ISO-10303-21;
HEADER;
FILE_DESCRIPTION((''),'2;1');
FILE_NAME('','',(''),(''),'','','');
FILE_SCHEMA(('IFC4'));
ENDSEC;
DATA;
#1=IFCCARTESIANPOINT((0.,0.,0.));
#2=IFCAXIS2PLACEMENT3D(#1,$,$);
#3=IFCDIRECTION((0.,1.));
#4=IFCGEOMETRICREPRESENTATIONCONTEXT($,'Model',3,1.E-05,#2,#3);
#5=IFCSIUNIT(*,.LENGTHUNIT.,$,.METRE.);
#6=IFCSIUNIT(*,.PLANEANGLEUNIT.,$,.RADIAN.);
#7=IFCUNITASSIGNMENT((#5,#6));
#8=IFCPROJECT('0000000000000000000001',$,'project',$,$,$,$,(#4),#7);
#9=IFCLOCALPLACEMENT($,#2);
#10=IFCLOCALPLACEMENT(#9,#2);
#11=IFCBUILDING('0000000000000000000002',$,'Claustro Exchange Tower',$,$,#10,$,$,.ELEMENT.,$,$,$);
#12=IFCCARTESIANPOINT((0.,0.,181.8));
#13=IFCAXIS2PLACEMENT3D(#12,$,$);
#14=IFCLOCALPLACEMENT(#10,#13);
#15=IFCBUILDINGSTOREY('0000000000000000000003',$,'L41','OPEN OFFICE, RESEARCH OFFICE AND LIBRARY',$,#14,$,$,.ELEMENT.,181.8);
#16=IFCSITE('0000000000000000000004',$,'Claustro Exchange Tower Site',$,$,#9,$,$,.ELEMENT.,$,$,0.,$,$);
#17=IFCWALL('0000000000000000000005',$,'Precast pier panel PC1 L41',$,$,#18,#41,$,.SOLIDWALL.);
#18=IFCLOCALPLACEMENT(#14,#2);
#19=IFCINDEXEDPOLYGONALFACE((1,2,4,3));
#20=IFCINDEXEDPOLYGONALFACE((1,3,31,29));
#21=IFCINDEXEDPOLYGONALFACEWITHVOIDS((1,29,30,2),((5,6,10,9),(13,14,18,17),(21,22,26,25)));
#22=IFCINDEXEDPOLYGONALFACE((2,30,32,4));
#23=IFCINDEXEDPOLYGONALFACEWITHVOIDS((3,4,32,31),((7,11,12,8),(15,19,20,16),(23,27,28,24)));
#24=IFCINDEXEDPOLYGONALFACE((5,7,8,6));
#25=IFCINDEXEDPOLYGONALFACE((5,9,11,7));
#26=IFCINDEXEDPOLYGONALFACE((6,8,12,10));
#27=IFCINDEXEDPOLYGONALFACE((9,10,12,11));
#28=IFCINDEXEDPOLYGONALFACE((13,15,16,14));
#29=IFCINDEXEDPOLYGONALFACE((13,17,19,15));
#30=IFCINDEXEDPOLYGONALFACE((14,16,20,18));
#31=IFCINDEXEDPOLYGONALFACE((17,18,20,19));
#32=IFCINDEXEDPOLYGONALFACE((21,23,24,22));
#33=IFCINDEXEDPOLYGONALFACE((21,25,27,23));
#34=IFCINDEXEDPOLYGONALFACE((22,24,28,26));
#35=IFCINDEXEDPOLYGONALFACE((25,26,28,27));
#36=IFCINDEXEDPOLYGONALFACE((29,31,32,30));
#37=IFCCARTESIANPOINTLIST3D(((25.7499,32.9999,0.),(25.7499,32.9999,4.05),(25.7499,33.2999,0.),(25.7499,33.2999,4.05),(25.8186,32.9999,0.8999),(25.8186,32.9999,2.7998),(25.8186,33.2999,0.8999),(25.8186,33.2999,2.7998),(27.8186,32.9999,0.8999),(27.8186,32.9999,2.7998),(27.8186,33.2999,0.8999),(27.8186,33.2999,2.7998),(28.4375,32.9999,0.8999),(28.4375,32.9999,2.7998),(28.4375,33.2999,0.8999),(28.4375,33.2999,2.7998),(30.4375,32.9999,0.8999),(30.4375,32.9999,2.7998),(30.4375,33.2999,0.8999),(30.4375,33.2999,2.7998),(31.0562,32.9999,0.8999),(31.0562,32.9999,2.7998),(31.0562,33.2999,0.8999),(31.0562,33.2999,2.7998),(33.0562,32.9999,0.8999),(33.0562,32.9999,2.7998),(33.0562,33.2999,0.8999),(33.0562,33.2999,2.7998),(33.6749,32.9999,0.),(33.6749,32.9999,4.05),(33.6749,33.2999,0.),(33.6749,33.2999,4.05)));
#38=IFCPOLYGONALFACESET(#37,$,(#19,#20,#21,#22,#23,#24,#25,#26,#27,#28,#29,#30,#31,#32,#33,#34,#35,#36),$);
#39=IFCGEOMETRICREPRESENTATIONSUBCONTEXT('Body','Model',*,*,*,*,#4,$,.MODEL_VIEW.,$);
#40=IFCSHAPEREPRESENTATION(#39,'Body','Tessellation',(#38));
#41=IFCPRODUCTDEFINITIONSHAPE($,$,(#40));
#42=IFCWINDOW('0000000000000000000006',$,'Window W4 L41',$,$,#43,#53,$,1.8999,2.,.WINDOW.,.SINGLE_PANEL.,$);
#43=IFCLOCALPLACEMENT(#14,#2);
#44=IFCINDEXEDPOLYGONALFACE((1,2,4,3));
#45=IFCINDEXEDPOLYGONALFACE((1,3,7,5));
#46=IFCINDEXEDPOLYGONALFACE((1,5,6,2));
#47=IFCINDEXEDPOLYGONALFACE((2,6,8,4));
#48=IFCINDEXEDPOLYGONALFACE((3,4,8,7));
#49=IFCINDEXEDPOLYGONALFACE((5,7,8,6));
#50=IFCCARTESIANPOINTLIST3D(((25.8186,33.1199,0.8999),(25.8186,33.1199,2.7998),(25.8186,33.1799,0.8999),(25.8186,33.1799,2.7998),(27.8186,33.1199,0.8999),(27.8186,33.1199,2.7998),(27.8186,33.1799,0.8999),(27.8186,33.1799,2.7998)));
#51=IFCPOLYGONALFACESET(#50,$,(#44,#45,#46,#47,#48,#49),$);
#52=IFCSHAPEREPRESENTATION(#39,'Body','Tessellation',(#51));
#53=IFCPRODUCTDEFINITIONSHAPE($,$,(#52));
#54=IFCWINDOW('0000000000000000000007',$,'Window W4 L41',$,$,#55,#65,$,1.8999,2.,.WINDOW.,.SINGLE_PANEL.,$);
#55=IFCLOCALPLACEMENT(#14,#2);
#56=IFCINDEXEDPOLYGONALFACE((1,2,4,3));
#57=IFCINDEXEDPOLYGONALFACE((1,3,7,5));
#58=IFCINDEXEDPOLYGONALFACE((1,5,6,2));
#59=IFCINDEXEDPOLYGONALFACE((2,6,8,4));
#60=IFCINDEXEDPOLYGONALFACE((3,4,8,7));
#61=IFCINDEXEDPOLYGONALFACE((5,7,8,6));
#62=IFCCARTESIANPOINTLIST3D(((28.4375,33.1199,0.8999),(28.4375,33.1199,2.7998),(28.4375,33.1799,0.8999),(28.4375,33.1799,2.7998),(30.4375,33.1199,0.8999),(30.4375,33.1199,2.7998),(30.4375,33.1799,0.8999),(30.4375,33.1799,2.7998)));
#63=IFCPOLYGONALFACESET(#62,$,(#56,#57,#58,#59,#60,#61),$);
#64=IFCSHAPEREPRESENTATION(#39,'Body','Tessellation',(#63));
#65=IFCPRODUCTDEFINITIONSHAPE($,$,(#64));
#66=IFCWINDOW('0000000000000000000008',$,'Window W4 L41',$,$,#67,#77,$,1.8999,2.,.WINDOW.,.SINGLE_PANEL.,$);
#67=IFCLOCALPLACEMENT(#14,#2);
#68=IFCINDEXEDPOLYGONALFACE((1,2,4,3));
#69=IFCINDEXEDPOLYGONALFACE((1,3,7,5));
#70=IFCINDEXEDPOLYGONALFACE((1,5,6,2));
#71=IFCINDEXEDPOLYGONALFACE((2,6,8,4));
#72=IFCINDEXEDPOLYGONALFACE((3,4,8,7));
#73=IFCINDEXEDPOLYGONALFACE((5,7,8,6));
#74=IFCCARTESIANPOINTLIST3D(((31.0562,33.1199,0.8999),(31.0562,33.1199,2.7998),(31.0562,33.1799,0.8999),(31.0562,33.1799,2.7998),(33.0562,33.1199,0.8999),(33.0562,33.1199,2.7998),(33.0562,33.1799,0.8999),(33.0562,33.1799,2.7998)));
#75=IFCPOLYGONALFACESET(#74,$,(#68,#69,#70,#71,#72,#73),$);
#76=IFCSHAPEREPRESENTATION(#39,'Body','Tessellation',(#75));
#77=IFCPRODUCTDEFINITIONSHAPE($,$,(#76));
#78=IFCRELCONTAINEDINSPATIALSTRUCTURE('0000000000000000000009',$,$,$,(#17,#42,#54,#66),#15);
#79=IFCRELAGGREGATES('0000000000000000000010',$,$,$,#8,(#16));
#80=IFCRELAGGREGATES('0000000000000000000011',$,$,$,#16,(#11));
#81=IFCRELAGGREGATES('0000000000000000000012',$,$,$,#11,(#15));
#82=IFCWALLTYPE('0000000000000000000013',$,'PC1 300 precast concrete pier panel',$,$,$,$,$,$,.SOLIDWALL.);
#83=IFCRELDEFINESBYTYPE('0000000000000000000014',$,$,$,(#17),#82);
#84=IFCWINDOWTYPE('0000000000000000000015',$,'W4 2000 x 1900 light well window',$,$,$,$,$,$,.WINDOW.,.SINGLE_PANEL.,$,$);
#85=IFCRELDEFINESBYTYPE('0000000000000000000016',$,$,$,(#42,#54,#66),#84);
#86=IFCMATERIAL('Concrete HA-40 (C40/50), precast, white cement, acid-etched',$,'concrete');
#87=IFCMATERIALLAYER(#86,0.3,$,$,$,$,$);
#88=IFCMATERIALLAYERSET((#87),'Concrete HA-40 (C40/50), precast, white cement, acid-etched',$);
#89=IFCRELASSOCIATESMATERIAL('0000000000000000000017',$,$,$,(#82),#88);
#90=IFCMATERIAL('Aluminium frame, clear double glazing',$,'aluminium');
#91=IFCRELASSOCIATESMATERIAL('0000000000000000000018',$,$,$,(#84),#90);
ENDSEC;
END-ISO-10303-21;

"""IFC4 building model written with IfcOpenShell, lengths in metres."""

from ifc_helpers import new_model, si_unit, direction, frame, frame_2d, origin, place, context, subcontext, project, spatial, rectangle, extrude, material, layer, layer_set, type_object, element, fill, save


model = new_model("IFC4")

# Units and contexts
model_context = context("Model", 3, precision=1e-05, world=origin(), true_north=direction((0.0, 1.0)))
body_context = subcontext(model_context, "Body", "Model", "MODEL_VIEW")
ifc_project = project(units=[si_unit("LENGTHUNIT", "METRE"), si_unit("PLANEANGLEUNIT", "RADIAN")], contexts=[model_context])

# Site, building, storey
site_placement = place(None, origin())
site = spatial("IfcSite", under=ifc_project, at=site_placement, Name="Claustro Exchange Tower Site", CompositionType="ELEMENT", RefElevation=0.0)
building_placement = place(site_placement, origin())
building = spatial("IfcBuilding", under=site, at=building_placement, Name="Claustro Exchange Tower", CompositionType="ELEMENT")
storey_placement = place(building_placement, frame((0.0, 0.0, 181.8)))
storey = spatial("IfcBuildingStorey", under=building, at=storey_placement, Name="L41", Description="OPEN OFFICE, RESEARCH OFFICE AND LIBRARY", CompositionType="ELEMENT", Elevation=181.8)

# Wall, openings, windows
ifc_material_1 = material(Name="Concrete HA-40 (C40/50), precast, white cement, acid-etched", Category="concrete")
ifc_layer_1 = layer(ifc_material_1, 0.3)
ifc_layer_set_1 = layer_set([ifc_layer_1], Name="Concrete HA-40 (C40/50), precast, white cement, acid-etched")
wall_type_1 = type_object("IfcWallType", Name="PC1 300 precast concrete pier panel", PredefinedType="SOLIDWALL", material=ifc_layer_set_1)
wall_1_placement = place(storey_placement, frame((25.75, 33.1499, 0.0), z_axis=(0.0, 0.0, 1.0), x_axis=(1.0, 0.0, 0.0)))
wall_1 = element("IfcWall", 1, at=wall_1_placement, inside=storey, type_object=wall_type_1, Name="Precast pier panel PC1 L41", PredefinedType="SOLIDWALL", context=body_context, shape_type="SweptSolid", body=[
    extrude(rectangle(XDim=7.925, YDim=0.3, at=frame_2d((3.9624, 0.0))), origin(), (0.0, 0.0, 1.0), 4.05),
])
opening_1_placement = place(wall_1_placement, frame((0.0686, 0.0, 0.8999)))
opening_1 = element("IfcOpeningElement", 2, at=opening_1_placement, cuts=wall_1, PredefinedType="OPENING", context=body_context, shape_type="SweptSolid", body=[
    extrude(rectangle(XDim=2.0, YDim=1.8999, at=frame_2d((1.0, 0.95))), frame((0.0, 0.1599, 0.0), z_axis=(0.0, -1.0, 0.0), x_axis=(1.0, 0.0, 0.0)), (0.0, 0.0, 1.0), 0.3201),
])
opening_2_placement = place(wall_1_placement, frame((2.6875, 0.0, 0.8999)))
opening_2 = element("IfcOpeningElement", 3, at=opening_2_placement, cuts=wall_1, PredefinedType="OPENING", context=body_context, shape_type="SweptSolid", body=[
    extrude(rectangle(XDim=2.0, YDim=1.8999, at=frame_2d((1.0, 0.95))), frame((0.0, 0.1599, 0.0), z_axis=(0.0, -1.0, 0.0), x_axis=(1.0, 0.0, 0.0)), (0.0, 0.0, 1.0), 0.3201),
])
opening_3_placement = place(wall_1_placement, frame((5.3062, 0.0, 0.8999)))
opening_3 = element("IfcOpeningElement", 4, at=opening_3_placement, cuts=wall_1, PredefinedType="OPENING", context=body_context, shape_type="SweptSolid", body=[
    extrude(rectangle(XDim=2.0, YDim=1.8999, at=frame_2d((1.0, 0.95))), frame((0.0, 0.1599, 0.0), z_axis=(0.0, -1.0, 0.0), x_axis=(1.0, 0.0, 0.0)), (0.0, 0.0, 1.0), 0.3201),
])
ifc_material_2 = material(Name="Aluminium frame, clear double glazing", Category="aluminium")
window_type_1 = type_object("IfcWindowType", Name="W4 2000 x 1900 light well window", PartitioningType="SINGLE_PANEL", PredefinedType="WINDOW", material=ifc_material_2)
window_1_placement = place(opening_1_placement, origin())
window_1 = element("IfcWindow", 5, at=window_1_placement, inside=storey, type_object=window_type_1, Name="Window W4 L41", OverallHeight=1.8999, OverallWidth=2.0, PartitioningType="SINGLE_PANEL", PredefinedType="WINDOW", context=body_context, shape_type="SweptSolid", body=[
    extrude(rectangle(XDim=2.0, YDim=1.8999, at=frame_2d((1.0, 0.95))), frame((0.0, 0.03, 0.0), z_axis=(0.0, -1.0, 0.0), x_axis=(1.0, 0.0, 0.0)), (0.0, 0.0, 1.0), 0.0601),
])
fill(opening_1, window_1)
window_2_placement = place(opening_2_placement, origin())
window_2 = element("IfcWindow", 6, at=window_2_placement, inside=storey, type_object=window_type_1, Name="Window W4 L41", OverallHeight=1.8999, OverallWidth=2.0, PartitioningType="SINGLE_PANEL", PredefinedType="WINDOW", context=body_context, shape_type="SweptSolid", body=[
    extrude(rectangle(XDim=2.0, YDim=1.8999, at=frame_2d((1.0, 0.95))), frame((0.0, 0.03, 0.0), z_axis=(0.0, -1.0, 0.0), x_axis=(1.0, 0.0, 0.0)), (0.0, 0.0, 1.0), 0.0601),
])
fill(opening_2, window_2)
window_3_placement = place(opening_3_placement, origin())
window_3 = element("IfcWindow", 7, at=window_3_placement, inside=storey, type_object=window_type_1, Name="Window W4 L41", OverallHeight=1.8999, OverallWidth=2.0, PartitioningType="SINGLE_PANEL", PredefinedType="WINDOW", context=body_context, shape_type="SweptSolid", body=[
    extrude(rectangle(XDim=2.0, YDim=1.8999, at=frame_2d((1.0, 0.95))), frame((0.0, 0.03, 0.0), z_axis=(0.0, -1.0, 0.0), x_axis=(1.0, 0.0, 0.0)), (0.0, 0.0, 1.0), 0.0601),
])
fill(opening_3, window_3)

save(model, "model.ifc")
